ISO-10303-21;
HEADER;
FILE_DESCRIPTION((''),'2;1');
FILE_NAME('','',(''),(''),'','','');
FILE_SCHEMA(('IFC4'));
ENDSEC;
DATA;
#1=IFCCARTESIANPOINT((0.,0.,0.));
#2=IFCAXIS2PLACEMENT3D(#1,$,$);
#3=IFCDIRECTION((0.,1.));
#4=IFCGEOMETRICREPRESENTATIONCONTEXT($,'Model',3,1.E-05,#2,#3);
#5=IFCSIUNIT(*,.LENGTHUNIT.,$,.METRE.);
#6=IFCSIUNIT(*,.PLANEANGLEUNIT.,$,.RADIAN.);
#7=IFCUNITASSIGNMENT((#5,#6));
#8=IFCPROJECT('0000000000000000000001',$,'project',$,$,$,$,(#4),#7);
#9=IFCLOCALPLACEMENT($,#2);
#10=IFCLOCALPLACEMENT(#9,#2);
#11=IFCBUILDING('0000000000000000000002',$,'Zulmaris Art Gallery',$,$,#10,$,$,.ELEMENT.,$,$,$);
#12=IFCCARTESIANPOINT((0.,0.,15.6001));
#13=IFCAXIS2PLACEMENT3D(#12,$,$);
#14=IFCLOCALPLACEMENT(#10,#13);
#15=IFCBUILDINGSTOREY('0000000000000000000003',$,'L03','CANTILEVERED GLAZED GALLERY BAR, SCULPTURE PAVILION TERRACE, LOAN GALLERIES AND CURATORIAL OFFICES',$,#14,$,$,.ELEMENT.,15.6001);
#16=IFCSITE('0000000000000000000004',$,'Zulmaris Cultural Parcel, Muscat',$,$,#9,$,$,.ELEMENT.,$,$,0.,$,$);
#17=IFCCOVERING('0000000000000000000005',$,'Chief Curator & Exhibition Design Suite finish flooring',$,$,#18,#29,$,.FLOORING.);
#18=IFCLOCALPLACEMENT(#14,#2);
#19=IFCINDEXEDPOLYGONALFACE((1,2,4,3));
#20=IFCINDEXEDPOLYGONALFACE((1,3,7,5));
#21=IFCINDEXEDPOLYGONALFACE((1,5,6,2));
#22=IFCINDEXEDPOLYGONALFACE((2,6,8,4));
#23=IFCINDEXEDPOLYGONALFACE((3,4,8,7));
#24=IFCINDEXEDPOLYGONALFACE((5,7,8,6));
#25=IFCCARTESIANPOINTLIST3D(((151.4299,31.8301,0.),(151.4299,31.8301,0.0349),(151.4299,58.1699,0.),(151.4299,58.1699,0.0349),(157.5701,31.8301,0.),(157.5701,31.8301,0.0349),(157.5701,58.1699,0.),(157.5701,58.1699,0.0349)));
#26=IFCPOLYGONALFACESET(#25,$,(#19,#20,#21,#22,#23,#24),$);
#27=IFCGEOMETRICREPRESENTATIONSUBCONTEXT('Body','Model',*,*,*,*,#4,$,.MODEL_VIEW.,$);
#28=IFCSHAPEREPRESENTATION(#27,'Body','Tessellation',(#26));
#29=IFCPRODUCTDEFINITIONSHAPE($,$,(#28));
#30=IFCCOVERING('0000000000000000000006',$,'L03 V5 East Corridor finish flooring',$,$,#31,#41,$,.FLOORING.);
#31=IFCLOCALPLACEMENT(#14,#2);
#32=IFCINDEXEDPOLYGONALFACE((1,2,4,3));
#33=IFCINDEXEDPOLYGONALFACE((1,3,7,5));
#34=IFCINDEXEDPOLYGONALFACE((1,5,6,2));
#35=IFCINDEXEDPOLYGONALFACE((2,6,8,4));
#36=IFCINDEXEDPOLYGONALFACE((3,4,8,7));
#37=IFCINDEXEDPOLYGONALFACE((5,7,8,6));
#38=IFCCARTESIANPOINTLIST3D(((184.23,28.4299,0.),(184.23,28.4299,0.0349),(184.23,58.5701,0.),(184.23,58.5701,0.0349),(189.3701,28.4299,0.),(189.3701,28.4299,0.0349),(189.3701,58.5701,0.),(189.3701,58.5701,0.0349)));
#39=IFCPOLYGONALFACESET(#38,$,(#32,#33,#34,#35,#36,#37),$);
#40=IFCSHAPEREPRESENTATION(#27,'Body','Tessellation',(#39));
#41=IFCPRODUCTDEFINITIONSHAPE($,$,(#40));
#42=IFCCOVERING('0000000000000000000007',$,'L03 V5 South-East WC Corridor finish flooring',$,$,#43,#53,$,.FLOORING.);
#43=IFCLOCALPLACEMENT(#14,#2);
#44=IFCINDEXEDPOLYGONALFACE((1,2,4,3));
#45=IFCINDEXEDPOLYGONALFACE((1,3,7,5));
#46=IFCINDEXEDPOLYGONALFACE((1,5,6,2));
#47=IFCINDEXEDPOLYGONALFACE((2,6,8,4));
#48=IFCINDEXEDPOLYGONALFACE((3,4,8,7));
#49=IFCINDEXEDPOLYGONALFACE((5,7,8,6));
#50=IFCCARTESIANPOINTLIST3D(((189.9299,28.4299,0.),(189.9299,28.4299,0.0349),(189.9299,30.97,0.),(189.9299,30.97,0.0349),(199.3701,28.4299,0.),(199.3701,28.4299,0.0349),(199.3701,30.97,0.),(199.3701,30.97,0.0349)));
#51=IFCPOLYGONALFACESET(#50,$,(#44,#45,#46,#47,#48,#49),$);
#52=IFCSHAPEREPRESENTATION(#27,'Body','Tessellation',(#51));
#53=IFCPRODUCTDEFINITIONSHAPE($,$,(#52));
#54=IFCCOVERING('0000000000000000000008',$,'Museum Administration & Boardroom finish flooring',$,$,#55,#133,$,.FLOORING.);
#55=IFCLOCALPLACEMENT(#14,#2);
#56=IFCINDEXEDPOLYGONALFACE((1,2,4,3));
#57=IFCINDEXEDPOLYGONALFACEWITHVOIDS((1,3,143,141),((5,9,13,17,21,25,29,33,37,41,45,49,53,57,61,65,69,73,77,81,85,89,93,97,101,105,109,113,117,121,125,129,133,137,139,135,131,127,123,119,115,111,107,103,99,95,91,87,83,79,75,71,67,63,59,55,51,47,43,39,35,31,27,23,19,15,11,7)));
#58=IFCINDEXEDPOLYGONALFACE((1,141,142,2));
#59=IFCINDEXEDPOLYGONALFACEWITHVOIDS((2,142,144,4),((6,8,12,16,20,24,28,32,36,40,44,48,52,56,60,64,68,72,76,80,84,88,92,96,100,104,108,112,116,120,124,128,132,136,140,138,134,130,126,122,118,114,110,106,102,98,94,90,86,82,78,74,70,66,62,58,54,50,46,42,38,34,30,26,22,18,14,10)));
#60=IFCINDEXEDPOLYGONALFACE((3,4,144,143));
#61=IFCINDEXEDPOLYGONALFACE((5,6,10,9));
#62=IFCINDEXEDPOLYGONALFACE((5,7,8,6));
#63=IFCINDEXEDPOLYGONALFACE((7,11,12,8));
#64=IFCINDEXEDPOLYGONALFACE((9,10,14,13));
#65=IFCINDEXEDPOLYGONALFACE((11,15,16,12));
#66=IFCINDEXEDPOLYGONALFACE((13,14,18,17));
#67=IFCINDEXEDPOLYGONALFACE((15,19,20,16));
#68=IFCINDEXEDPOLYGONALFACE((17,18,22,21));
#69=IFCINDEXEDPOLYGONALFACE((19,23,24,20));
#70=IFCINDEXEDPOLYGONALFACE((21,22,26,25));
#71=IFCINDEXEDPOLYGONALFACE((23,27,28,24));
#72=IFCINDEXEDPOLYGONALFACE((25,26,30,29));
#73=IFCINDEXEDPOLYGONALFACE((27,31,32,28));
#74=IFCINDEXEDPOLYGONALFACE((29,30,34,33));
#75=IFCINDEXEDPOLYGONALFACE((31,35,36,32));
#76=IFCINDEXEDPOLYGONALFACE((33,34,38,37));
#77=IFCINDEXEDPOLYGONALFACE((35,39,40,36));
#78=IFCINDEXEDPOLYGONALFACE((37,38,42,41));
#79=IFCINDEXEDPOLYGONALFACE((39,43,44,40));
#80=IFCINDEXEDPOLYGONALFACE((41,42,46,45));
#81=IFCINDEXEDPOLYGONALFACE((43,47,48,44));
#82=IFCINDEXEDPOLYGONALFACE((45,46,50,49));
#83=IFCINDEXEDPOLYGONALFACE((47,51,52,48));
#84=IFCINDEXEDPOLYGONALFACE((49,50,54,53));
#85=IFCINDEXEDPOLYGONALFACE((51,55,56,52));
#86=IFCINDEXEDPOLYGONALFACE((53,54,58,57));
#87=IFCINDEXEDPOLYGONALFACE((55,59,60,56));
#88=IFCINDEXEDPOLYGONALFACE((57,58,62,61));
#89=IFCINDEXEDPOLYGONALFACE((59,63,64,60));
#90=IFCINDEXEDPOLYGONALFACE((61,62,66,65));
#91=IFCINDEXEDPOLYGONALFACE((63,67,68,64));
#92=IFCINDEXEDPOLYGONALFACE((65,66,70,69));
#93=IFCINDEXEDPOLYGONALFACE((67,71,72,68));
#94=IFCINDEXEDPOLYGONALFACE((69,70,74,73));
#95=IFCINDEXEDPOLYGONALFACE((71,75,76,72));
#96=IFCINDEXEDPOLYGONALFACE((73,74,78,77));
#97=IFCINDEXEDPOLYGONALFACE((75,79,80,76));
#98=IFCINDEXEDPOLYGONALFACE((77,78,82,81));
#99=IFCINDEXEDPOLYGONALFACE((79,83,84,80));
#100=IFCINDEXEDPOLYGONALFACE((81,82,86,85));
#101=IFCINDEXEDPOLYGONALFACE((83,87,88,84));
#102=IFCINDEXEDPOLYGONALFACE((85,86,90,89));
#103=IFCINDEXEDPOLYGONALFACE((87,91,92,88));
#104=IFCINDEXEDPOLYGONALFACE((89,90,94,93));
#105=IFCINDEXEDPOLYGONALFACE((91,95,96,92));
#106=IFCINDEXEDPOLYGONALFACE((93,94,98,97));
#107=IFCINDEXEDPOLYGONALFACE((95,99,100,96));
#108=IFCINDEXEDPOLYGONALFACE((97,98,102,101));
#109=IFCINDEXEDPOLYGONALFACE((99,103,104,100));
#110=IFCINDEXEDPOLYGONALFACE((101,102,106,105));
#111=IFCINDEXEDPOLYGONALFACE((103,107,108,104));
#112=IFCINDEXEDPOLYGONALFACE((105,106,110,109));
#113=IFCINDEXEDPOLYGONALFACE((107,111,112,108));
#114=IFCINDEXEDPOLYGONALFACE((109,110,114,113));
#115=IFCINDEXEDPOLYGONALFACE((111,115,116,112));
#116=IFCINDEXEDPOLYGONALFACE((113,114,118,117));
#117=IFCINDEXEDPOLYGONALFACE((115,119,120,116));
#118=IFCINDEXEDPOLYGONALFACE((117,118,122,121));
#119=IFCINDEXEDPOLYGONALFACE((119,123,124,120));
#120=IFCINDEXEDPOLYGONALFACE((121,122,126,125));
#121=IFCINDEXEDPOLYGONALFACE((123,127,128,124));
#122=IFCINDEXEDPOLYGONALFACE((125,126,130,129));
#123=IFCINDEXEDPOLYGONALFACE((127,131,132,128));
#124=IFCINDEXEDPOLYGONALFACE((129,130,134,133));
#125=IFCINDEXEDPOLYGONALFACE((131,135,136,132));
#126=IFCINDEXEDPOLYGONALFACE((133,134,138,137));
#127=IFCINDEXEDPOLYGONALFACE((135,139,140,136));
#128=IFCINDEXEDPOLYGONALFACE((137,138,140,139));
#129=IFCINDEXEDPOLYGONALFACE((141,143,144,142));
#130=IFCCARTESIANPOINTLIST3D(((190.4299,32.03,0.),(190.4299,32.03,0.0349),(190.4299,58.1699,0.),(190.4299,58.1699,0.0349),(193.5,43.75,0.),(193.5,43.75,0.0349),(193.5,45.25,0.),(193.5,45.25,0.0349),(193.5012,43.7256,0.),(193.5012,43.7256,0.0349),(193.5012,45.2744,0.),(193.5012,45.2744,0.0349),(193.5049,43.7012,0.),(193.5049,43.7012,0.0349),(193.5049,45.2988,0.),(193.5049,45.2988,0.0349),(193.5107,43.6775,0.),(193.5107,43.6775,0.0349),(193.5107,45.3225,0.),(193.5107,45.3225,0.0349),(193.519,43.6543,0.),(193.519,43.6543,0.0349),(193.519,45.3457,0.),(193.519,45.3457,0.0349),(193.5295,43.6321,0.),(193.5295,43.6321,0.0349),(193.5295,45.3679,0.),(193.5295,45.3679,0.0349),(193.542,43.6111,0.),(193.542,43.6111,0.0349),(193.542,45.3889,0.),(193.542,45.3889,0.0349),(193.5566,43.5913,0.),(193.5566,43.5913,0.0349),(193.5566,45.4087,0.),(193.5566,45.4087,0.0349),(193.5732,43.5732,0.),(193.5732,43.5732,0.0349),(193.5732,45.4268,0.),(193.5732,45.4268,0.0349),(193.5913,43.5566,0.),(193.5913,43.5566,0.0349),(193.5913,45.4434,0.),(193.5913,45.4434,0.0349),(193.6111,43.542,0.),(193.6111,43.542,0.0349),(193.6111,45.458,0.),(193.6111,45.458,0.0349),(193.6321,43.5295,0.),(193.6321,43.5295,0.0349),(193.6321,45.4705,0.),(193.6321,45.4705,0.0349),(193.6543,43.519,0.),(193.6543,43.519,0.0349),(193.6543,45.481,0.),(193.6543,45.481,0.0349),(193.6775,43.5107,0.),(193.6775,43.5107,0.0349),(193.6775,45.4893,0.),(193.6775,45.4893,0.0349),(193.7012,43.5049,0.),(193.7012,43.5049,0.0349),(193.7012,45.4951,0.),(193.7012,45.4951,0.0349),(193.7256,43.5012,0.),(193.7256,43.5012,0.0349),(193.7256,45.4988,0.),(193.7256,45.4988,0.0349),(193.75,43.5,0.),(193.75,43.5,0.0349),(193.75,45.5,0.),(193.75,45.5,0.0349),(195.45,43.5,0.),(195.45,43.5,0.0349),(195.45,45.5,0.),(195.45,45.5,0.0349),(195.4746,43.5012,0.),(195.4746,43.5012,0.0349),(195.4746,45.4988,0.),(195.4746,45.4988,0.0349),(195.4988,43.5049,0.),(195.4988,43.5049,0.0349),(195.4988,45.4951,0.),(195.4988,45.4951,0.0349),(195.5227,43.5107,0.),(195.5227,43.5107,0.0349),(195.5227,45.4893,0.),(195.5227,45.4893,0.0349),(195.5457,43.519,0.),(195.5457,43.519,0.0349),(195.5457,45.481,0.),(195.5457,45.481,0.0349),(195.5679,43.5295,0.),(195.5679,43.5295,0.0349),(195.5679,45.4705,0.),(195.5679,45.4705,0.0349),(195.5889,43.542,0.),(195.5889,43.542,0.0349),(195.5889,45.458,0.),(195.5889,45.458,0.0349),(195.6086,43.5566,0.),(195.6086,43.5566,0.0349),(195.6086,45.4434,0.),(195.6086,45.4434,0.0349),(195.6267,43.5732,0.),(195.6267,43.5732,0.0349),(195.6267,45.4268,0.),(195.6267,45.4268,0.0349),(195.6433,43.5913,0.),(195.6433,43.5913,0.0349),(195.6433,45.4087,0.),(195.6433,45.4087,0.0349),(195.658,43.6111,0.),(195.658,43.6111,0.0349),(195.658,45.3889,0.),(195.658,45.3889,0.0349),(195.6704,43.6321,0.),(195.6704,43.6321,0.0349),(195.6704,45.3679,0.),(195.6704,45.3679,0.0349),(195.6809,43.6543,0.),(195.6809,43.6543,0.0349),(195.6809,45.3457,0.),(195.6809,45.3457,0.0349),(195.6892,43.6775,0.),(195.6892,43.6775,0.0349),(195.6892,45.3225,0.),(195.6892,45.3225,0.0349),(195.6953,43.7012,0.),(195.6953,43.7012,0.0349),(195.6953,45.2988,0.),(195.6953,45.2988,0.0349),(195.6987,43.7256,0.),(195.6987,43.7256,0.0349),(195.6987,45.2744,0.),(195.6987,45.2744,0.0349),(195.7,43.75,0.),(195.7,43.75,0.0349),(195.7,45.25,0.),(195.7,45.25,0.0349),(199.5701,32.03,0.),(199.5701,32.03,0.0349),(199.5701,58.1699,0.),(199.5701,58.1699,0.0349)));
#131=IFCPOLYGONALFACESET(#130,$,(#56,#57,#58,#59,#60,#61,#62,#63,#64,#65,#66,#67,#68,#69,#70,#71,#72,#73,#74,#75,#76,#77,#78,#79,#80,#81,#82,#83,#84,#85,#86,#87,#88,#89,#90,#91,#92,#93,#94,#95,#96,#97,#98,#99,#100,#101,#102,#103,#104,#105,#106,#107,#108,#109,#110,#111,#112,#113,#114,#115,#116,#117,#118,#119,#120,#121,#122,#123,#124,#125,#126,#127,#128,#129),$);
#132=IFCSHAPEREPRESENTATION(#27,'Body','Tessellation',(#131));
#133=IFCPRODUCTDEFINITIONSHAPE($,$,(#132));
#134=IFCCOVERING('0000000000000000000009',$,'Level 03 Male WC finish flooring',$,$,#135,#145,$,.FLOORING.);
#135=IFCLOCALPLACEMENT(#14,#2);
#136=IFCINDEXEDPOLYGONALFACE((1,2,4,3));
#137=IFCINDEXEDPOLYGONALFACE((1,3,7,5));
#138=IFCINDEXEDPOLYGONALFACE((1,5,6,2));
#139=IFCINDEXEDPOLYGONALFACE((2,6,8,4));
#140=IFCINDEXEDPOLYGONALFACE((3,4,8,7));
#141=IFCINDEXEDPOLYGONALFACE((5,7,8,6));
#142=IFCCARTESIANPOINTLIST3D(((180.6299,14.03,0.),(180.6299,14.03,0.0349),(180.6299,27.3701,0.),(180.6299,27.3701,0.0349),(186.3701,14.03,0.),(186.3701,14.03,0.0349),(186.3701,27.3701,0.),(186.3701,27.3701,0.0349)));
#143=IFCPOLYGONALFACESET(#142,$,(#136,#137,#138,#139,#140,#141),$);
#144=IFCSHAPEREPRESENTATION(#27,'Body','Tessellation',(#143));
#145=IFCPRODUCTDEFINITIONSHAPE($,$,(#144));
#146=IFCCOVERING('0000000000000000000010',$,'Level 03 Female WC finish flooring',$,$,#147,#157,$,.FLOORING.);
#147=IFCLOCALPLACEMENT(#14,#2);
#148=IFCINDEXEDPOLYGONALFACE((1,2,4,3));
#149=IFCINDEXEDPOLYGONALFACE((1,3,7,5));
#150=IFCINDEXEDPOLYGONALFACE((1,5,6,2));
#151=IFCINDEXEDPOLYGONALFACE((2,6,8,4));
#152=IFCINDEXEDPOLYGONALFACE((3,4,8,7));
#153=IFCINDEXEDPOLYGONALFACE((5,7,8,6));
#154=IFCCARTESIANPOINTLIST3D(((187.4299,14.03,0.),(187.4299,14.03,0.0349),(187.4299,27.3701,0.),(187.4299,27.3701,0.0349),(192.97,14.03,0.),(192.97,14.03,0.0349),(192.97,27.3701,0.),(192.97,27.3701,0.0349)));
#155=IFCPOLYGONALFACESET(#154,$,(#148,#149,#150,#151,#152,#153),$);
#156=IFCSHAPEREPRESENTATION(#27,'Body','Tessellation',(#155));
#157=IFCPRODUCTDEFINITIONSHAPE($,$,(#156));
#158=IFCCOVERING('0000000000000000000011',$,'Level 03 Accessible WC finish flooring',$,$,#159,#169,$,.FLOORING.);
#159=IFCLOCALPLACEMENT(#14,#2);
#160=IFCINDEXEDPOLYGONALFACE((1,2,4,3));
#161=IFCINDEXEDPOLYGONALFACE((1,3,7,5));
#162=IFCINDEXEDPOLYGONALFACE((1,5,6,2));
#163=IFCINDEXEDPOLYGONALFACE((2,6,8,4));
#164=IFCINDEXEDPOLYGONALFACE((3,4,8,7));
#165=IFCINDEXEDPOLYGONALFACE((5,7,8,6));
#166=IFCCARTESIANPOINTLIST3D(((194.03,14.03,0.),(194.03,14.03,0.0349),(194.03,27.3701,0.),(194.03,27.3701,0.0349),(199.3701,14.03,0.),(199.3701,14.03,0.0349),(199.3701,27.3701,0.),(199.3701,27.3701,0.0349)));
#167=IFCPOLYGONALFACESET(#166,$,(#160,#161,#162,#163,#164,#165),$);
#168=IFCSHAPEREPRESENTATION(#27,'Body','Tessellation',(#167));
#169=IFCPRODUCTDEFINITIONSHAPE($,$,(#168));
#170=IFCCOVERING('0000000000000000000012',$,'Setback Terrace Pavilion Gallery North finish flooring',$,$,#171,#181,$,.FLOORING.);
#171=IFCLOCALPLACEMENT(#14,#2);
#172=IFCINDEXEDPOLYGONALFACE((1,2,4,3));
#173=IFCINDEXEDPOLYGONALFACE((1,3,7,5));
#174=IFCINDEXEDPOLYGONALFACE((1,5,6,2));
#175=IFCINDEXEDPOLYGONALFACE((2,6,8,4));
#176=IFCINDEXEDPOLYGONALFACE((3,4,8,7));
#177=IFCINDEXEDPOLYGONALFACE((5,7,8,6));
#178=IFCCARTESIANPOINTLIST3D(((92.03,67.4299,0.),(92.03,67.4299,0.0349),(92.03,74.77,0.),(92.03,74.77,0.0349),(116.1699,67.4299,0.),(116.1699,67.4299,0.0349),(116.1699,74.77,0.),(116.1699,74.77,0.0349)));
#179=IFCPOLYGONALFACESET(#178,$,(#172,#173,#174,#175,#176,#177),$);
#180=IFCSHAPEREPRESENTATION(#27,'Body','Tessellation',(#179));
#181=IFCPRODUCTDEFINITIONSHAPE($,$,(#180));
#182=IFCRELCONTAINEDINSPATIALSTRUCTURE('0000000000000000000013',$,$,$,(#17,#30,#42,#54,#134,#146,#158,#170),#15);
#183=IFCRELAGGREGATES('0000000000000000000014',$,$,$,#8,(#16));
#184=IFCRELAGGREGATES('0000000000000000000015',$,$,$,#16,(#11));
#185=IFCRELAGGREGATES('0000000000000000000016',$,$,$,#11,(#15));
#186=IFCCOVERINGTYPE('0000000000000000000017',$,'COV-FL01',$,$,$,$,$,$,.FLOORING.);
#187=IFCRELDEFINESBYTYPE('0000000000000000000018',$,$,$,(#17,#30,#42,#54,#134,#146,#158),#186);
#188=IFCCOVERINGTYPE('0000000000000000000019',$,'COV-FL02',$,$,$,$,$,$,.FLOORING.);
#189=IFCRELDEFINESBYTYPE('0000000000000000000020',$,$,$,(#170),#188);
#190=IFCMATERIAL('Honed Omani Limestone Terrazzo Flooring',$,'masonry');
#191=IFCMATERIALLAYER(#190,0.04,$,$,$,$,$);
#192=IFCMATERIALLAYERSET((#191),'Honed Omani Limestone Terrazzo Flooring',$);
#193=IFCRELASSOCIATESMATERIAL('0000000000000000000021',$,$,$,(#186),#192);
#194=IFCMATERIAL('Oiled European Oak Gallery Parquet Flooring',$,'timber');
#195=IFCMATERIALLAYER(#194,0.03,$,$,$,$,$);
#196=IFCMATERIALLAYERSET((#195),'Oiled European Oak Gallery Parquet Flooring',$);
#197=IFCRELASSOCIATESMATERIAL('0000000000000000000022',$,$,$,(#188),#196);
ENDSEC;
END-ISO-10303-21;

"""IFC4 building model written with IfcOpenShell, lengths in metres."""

from ifc_helpers import new_model, si_unit, direction, frame, origin, place, context, subcontext, project, spatial, polyline, outline, extrude, material, layer, layer_set, type_object, element, save


model = new_model("IFC4")

# Units and contexts
model_context = context("Model", 3, precision=1e-05, world=origin(), true_north=direction((0.0, 1.0)))
body_context = subcontext(model_context, "Body", "Model", "MODEL_VIEW")
ifc_project = project(units=[si_unit("LENGTHUNIT", "METRE"), si_unit("PLANEANGLEUNIT", "RADIAN")], contexts=[model_context])

# Site, building, storey
site_placement = place(None, origin())
site = spatial("IfcSite", under=ifc_project, at=site_placement, Name="Zulmaris Cultural Parcel, Muscat", CompositionType="ELEMENT", RefElevation=0.0)
building_placement = place(site_placement, origin())
building = spatial("IfcBuilding", under=site, at=building_placement, Name="Zulmaris Art Gallery", CompositionType="ELEMENT")
storey_placement = place(building_placement, frame((0.0, 0.0, 15.6001)))
storey = spatial("IfcBuildingStorey", under=building, at=storey_placement, Name="L03", Description="CANTILEVERED GLAZED GALLERY BAR, SCULPTURE PAVILION TERRACE, LOAN GALLERIES AND CURATORIAL OFFICES", CompositionType="ELEMENT", Elevation=15.6001)

# Coverings
ifc_material_1 = material(Name="Honed Omani Limestone Terrazzo Flooring", Category="masonry")
ifc_layer_1 = layer(ifc_material_1, 0.04)
ifc_layer_set_1 = layer_set([ifc_layer_1], Name="Honed Omani Limestone Terrazzo Flooring")
covering_type_1 = type_object("IfcCoveringType", Name="COV-FL01", PredefinedType="FLOORING", material=ifc_layer_set_1)
covering_1_placement = place(storey_placement, origin())
element("IfcCovering", 1, at=covering_1_placement, inside=storey, type_object=covering_type_1, Name="Chief Curator & Exhibition Design Suite finish flooring", PredefinedType="FLOORING", context=body_context, shape_type="SweptSolid", body=[
    extrude(outline(polyline([(157.5701, 31.8301), (151.4299, 31.8301), (151.4299, 58.1699), (157.5701, 58.1699), (157.5701, 31.8301)])), origin(), (0.0, 0.0, 1.0), 0.0349),
])
covering_2_placement = place(storey_placement, origin())
element("IfcCovering", 2, at=covering_2_placement, inside=storey, type_object=covering_type_1, Name="L03 V5 East Corridor finish flooring", PredefinedType="FLOORING", context=body_context, shape_type="SweptSolid", body=[
    extrude(outline(polyline([(189.3701, 28.4299), (184.23, 28.4299), (184.23, 58.5701), (189.3701, 58.5701), (189.3701, 28.4299)])), origin(), (0.0, 0.0, 1.0), 0.0349),
])
covering_3_placement = place(storey_placement, origin())
element("IfcCovering", 3, at=covering_3_placement, inside=storey, type_object=covering_type_1, Name="L03 V5 South-East WC Corridor finish flooring", PredefinedType="FLOORING", context=body_context, shape_type="SweptSolid", body=[
    extrude(outline(polyline([(189.9299, 28.4299), (189.9299, 30.97), (199.3701, 30.97), (199.3701, 28.4299), (189.9299, 28.4299)])), origin(), (0.0, 0.0, 1.0), 0.0349),
])
covering_4_placement = place(storey_placement, origin())
element("IfcCovering", 4, at=covering_4_placement, inside=storey, type_object=covering_type_1, Name="Museum Administration & Boardroom finish flooring", PredefinedType="FLOORING", context=body_context, shape_type="SweptSolid", body=[
    extrude(outline(polyline([(199.5701, 32.03), (190.4299, 32.03), (190.4299, 58.1699), (199.5701, 58.1699), (199.5701, 32.03)]), holes=[polyline([(193.7256, 45.4988), (193.7012, 45.4951), (193.6775, 45.4893), (193.6543, 45.481), (193.6321, 45.4705), (193.6111, 45.458), (193.5913, 45.4434), (193.5732, 45.4268), (193.5566, 45.4087), (193.542, 45.3889), (193.5295, 45.3679), (193.519, 45.3457), (193.5107, 45.3225), (193.5049, 45.2988), (193.5012, 45.2744), (193.5, 45.25), (193.5, 43.75), (193.5012, 43.7256), (193.5049, 43.7012), (193.5107, 43.6775), (193.519, 43.6543), (193.5295, 43.6321), (193.542, 43.6111), (193.5566, 43.5913), (193.5732, 43.5732), (193.5913, 43.5566), (193.6111, 43.542), (193.6321, 43.5295), (193.6543, 43.519), (193.6775, 43.5107), (193.7012, 43.5049), (193.7256, 43.5012), (193.75, 43.5), (195.45, 43.5), (195.4746, 43.5012), (195.4988, 43.5049), (195.5227, 43.5107), (195.5457, 43.519), (195.5679, 43.5295), (195.5889, 43.542), (195.6086, 43.5566), (195.6267, 43.5732), (195.6433, 43.5913), (195.658, 43.6111), (195.6704, 43.6321), (195.6809, 43.6543), (195.6892, 43.6775), (195.6953, 43.7012), (195.6987, 43.7256), (195.7, 43.75), (195.7, 45.25), (195.6987, 45.2744), (195.6953, 45.2988), (195.6892, 45.3225), (195.6809, 45.3457), (195.6704, 45.3679), (195.658, 45.3889), (195.6433, 45.4087), (195.6267, 45.4268), (195.6086, 45.4434), (195.5889, 45.458), (195.5679, 45.4705), (195.5457, 45.481), (195.5227, 45.4893), (195.4988, 45.4951), (195.4746, 45.4988), (195.45, 45.5), (193.75, 45.5), (193.7256, 45.4988)])]), origin(), (0.0, 0.0, 1.0), 0.0349),
])
covering_5_placement = place(storey_placement, origin())
element("IfcCovering", 5, at=covering_5_placement, inside=storey, type_object=covering_type_1, Name="Level 03 Male WC finish flooring", PredefinedType="FLOORING", context=body_context, shape_type="SweptSolid", body=[
    extrude(outline(polyline([(186.3701, 14.03), (180.6299, 14.03), (180.6299, 27.3701), (186.3701, 27.3701), (186.3701, 14.03)])), origin(), (0.0, 0.0, 1.0), 0.0349),
])
covering_6_placement = place(storey_placement, origin())
element("IfcCovering", 6, at=covering_6_placement, inside=storey, type_object=covering_type_1, Name="Level 03 Female WC finish flooring", PredefinedType="FLOORING", context=body_context, shape_type="SweptSolid", body=[
    extrude(outline(polyline([(192.97, 14.03), (187.4299, 14.03), (187.4299, 27.3701), (192.97, 27.3701), (192.97, 14.03)])), origin(), (0.0, 0.0, 1.0), 0.0349),
])
covering_7_placement = place(storey_placement, origin())
element("IfcCovering", 7, at=covering_7_placement, inside=storey, type_object=covering_type_1, Name="Level 03 Accessible WC finish flooring", PredefinedType="FLOORING", context=body_context, shape_type="SweptSolid", body=[
    extrude(outline(polyline([(199.3701, 14.03), (194.03, 14.03), (194.03, 27.3701), (199.3701, 27.3701), (199.3701, 14.03)])), origin(), (0.0, 0.0, 1.0), 0.0349),
])
ifc_material_2 = material(Name="Oiled European Oak Gallery Parquet Flooring", Category="timber")
ifc_layer_2 = layer(ifc_material_2, 0.03)
ifc_layer_set_2 = layer_set([ifc_layer_2], Name="Oiled European Oak Gallery Parquet Flooring")
covering_type_2 = type_object("IfcCoveringType", Name="COV-FL02", PredefinedType="FLOORING", material=ifc_layer_set_2)
covering_8_placement = place(storey_placement, origin())
element("IfcCovering", 8, at=covering_8_placement, inside=storey, type_object=covering_type_2, Name="Setback Terrace Pavilion Gallery North finish flooring", PredefinedType="FLOORING", context=body_context, shape_type="SweptSolid", body=[
    extrude(outline(polyline([(116.1699, 67.4299), (92.03, 67.4299), (92.03, 74.77), (116.1699, 74.77), (116.1699, 67.4299)])), origin(), (0.0, 0.0, 1.0), 0.0349),
])

save(model, "model.ifc")
